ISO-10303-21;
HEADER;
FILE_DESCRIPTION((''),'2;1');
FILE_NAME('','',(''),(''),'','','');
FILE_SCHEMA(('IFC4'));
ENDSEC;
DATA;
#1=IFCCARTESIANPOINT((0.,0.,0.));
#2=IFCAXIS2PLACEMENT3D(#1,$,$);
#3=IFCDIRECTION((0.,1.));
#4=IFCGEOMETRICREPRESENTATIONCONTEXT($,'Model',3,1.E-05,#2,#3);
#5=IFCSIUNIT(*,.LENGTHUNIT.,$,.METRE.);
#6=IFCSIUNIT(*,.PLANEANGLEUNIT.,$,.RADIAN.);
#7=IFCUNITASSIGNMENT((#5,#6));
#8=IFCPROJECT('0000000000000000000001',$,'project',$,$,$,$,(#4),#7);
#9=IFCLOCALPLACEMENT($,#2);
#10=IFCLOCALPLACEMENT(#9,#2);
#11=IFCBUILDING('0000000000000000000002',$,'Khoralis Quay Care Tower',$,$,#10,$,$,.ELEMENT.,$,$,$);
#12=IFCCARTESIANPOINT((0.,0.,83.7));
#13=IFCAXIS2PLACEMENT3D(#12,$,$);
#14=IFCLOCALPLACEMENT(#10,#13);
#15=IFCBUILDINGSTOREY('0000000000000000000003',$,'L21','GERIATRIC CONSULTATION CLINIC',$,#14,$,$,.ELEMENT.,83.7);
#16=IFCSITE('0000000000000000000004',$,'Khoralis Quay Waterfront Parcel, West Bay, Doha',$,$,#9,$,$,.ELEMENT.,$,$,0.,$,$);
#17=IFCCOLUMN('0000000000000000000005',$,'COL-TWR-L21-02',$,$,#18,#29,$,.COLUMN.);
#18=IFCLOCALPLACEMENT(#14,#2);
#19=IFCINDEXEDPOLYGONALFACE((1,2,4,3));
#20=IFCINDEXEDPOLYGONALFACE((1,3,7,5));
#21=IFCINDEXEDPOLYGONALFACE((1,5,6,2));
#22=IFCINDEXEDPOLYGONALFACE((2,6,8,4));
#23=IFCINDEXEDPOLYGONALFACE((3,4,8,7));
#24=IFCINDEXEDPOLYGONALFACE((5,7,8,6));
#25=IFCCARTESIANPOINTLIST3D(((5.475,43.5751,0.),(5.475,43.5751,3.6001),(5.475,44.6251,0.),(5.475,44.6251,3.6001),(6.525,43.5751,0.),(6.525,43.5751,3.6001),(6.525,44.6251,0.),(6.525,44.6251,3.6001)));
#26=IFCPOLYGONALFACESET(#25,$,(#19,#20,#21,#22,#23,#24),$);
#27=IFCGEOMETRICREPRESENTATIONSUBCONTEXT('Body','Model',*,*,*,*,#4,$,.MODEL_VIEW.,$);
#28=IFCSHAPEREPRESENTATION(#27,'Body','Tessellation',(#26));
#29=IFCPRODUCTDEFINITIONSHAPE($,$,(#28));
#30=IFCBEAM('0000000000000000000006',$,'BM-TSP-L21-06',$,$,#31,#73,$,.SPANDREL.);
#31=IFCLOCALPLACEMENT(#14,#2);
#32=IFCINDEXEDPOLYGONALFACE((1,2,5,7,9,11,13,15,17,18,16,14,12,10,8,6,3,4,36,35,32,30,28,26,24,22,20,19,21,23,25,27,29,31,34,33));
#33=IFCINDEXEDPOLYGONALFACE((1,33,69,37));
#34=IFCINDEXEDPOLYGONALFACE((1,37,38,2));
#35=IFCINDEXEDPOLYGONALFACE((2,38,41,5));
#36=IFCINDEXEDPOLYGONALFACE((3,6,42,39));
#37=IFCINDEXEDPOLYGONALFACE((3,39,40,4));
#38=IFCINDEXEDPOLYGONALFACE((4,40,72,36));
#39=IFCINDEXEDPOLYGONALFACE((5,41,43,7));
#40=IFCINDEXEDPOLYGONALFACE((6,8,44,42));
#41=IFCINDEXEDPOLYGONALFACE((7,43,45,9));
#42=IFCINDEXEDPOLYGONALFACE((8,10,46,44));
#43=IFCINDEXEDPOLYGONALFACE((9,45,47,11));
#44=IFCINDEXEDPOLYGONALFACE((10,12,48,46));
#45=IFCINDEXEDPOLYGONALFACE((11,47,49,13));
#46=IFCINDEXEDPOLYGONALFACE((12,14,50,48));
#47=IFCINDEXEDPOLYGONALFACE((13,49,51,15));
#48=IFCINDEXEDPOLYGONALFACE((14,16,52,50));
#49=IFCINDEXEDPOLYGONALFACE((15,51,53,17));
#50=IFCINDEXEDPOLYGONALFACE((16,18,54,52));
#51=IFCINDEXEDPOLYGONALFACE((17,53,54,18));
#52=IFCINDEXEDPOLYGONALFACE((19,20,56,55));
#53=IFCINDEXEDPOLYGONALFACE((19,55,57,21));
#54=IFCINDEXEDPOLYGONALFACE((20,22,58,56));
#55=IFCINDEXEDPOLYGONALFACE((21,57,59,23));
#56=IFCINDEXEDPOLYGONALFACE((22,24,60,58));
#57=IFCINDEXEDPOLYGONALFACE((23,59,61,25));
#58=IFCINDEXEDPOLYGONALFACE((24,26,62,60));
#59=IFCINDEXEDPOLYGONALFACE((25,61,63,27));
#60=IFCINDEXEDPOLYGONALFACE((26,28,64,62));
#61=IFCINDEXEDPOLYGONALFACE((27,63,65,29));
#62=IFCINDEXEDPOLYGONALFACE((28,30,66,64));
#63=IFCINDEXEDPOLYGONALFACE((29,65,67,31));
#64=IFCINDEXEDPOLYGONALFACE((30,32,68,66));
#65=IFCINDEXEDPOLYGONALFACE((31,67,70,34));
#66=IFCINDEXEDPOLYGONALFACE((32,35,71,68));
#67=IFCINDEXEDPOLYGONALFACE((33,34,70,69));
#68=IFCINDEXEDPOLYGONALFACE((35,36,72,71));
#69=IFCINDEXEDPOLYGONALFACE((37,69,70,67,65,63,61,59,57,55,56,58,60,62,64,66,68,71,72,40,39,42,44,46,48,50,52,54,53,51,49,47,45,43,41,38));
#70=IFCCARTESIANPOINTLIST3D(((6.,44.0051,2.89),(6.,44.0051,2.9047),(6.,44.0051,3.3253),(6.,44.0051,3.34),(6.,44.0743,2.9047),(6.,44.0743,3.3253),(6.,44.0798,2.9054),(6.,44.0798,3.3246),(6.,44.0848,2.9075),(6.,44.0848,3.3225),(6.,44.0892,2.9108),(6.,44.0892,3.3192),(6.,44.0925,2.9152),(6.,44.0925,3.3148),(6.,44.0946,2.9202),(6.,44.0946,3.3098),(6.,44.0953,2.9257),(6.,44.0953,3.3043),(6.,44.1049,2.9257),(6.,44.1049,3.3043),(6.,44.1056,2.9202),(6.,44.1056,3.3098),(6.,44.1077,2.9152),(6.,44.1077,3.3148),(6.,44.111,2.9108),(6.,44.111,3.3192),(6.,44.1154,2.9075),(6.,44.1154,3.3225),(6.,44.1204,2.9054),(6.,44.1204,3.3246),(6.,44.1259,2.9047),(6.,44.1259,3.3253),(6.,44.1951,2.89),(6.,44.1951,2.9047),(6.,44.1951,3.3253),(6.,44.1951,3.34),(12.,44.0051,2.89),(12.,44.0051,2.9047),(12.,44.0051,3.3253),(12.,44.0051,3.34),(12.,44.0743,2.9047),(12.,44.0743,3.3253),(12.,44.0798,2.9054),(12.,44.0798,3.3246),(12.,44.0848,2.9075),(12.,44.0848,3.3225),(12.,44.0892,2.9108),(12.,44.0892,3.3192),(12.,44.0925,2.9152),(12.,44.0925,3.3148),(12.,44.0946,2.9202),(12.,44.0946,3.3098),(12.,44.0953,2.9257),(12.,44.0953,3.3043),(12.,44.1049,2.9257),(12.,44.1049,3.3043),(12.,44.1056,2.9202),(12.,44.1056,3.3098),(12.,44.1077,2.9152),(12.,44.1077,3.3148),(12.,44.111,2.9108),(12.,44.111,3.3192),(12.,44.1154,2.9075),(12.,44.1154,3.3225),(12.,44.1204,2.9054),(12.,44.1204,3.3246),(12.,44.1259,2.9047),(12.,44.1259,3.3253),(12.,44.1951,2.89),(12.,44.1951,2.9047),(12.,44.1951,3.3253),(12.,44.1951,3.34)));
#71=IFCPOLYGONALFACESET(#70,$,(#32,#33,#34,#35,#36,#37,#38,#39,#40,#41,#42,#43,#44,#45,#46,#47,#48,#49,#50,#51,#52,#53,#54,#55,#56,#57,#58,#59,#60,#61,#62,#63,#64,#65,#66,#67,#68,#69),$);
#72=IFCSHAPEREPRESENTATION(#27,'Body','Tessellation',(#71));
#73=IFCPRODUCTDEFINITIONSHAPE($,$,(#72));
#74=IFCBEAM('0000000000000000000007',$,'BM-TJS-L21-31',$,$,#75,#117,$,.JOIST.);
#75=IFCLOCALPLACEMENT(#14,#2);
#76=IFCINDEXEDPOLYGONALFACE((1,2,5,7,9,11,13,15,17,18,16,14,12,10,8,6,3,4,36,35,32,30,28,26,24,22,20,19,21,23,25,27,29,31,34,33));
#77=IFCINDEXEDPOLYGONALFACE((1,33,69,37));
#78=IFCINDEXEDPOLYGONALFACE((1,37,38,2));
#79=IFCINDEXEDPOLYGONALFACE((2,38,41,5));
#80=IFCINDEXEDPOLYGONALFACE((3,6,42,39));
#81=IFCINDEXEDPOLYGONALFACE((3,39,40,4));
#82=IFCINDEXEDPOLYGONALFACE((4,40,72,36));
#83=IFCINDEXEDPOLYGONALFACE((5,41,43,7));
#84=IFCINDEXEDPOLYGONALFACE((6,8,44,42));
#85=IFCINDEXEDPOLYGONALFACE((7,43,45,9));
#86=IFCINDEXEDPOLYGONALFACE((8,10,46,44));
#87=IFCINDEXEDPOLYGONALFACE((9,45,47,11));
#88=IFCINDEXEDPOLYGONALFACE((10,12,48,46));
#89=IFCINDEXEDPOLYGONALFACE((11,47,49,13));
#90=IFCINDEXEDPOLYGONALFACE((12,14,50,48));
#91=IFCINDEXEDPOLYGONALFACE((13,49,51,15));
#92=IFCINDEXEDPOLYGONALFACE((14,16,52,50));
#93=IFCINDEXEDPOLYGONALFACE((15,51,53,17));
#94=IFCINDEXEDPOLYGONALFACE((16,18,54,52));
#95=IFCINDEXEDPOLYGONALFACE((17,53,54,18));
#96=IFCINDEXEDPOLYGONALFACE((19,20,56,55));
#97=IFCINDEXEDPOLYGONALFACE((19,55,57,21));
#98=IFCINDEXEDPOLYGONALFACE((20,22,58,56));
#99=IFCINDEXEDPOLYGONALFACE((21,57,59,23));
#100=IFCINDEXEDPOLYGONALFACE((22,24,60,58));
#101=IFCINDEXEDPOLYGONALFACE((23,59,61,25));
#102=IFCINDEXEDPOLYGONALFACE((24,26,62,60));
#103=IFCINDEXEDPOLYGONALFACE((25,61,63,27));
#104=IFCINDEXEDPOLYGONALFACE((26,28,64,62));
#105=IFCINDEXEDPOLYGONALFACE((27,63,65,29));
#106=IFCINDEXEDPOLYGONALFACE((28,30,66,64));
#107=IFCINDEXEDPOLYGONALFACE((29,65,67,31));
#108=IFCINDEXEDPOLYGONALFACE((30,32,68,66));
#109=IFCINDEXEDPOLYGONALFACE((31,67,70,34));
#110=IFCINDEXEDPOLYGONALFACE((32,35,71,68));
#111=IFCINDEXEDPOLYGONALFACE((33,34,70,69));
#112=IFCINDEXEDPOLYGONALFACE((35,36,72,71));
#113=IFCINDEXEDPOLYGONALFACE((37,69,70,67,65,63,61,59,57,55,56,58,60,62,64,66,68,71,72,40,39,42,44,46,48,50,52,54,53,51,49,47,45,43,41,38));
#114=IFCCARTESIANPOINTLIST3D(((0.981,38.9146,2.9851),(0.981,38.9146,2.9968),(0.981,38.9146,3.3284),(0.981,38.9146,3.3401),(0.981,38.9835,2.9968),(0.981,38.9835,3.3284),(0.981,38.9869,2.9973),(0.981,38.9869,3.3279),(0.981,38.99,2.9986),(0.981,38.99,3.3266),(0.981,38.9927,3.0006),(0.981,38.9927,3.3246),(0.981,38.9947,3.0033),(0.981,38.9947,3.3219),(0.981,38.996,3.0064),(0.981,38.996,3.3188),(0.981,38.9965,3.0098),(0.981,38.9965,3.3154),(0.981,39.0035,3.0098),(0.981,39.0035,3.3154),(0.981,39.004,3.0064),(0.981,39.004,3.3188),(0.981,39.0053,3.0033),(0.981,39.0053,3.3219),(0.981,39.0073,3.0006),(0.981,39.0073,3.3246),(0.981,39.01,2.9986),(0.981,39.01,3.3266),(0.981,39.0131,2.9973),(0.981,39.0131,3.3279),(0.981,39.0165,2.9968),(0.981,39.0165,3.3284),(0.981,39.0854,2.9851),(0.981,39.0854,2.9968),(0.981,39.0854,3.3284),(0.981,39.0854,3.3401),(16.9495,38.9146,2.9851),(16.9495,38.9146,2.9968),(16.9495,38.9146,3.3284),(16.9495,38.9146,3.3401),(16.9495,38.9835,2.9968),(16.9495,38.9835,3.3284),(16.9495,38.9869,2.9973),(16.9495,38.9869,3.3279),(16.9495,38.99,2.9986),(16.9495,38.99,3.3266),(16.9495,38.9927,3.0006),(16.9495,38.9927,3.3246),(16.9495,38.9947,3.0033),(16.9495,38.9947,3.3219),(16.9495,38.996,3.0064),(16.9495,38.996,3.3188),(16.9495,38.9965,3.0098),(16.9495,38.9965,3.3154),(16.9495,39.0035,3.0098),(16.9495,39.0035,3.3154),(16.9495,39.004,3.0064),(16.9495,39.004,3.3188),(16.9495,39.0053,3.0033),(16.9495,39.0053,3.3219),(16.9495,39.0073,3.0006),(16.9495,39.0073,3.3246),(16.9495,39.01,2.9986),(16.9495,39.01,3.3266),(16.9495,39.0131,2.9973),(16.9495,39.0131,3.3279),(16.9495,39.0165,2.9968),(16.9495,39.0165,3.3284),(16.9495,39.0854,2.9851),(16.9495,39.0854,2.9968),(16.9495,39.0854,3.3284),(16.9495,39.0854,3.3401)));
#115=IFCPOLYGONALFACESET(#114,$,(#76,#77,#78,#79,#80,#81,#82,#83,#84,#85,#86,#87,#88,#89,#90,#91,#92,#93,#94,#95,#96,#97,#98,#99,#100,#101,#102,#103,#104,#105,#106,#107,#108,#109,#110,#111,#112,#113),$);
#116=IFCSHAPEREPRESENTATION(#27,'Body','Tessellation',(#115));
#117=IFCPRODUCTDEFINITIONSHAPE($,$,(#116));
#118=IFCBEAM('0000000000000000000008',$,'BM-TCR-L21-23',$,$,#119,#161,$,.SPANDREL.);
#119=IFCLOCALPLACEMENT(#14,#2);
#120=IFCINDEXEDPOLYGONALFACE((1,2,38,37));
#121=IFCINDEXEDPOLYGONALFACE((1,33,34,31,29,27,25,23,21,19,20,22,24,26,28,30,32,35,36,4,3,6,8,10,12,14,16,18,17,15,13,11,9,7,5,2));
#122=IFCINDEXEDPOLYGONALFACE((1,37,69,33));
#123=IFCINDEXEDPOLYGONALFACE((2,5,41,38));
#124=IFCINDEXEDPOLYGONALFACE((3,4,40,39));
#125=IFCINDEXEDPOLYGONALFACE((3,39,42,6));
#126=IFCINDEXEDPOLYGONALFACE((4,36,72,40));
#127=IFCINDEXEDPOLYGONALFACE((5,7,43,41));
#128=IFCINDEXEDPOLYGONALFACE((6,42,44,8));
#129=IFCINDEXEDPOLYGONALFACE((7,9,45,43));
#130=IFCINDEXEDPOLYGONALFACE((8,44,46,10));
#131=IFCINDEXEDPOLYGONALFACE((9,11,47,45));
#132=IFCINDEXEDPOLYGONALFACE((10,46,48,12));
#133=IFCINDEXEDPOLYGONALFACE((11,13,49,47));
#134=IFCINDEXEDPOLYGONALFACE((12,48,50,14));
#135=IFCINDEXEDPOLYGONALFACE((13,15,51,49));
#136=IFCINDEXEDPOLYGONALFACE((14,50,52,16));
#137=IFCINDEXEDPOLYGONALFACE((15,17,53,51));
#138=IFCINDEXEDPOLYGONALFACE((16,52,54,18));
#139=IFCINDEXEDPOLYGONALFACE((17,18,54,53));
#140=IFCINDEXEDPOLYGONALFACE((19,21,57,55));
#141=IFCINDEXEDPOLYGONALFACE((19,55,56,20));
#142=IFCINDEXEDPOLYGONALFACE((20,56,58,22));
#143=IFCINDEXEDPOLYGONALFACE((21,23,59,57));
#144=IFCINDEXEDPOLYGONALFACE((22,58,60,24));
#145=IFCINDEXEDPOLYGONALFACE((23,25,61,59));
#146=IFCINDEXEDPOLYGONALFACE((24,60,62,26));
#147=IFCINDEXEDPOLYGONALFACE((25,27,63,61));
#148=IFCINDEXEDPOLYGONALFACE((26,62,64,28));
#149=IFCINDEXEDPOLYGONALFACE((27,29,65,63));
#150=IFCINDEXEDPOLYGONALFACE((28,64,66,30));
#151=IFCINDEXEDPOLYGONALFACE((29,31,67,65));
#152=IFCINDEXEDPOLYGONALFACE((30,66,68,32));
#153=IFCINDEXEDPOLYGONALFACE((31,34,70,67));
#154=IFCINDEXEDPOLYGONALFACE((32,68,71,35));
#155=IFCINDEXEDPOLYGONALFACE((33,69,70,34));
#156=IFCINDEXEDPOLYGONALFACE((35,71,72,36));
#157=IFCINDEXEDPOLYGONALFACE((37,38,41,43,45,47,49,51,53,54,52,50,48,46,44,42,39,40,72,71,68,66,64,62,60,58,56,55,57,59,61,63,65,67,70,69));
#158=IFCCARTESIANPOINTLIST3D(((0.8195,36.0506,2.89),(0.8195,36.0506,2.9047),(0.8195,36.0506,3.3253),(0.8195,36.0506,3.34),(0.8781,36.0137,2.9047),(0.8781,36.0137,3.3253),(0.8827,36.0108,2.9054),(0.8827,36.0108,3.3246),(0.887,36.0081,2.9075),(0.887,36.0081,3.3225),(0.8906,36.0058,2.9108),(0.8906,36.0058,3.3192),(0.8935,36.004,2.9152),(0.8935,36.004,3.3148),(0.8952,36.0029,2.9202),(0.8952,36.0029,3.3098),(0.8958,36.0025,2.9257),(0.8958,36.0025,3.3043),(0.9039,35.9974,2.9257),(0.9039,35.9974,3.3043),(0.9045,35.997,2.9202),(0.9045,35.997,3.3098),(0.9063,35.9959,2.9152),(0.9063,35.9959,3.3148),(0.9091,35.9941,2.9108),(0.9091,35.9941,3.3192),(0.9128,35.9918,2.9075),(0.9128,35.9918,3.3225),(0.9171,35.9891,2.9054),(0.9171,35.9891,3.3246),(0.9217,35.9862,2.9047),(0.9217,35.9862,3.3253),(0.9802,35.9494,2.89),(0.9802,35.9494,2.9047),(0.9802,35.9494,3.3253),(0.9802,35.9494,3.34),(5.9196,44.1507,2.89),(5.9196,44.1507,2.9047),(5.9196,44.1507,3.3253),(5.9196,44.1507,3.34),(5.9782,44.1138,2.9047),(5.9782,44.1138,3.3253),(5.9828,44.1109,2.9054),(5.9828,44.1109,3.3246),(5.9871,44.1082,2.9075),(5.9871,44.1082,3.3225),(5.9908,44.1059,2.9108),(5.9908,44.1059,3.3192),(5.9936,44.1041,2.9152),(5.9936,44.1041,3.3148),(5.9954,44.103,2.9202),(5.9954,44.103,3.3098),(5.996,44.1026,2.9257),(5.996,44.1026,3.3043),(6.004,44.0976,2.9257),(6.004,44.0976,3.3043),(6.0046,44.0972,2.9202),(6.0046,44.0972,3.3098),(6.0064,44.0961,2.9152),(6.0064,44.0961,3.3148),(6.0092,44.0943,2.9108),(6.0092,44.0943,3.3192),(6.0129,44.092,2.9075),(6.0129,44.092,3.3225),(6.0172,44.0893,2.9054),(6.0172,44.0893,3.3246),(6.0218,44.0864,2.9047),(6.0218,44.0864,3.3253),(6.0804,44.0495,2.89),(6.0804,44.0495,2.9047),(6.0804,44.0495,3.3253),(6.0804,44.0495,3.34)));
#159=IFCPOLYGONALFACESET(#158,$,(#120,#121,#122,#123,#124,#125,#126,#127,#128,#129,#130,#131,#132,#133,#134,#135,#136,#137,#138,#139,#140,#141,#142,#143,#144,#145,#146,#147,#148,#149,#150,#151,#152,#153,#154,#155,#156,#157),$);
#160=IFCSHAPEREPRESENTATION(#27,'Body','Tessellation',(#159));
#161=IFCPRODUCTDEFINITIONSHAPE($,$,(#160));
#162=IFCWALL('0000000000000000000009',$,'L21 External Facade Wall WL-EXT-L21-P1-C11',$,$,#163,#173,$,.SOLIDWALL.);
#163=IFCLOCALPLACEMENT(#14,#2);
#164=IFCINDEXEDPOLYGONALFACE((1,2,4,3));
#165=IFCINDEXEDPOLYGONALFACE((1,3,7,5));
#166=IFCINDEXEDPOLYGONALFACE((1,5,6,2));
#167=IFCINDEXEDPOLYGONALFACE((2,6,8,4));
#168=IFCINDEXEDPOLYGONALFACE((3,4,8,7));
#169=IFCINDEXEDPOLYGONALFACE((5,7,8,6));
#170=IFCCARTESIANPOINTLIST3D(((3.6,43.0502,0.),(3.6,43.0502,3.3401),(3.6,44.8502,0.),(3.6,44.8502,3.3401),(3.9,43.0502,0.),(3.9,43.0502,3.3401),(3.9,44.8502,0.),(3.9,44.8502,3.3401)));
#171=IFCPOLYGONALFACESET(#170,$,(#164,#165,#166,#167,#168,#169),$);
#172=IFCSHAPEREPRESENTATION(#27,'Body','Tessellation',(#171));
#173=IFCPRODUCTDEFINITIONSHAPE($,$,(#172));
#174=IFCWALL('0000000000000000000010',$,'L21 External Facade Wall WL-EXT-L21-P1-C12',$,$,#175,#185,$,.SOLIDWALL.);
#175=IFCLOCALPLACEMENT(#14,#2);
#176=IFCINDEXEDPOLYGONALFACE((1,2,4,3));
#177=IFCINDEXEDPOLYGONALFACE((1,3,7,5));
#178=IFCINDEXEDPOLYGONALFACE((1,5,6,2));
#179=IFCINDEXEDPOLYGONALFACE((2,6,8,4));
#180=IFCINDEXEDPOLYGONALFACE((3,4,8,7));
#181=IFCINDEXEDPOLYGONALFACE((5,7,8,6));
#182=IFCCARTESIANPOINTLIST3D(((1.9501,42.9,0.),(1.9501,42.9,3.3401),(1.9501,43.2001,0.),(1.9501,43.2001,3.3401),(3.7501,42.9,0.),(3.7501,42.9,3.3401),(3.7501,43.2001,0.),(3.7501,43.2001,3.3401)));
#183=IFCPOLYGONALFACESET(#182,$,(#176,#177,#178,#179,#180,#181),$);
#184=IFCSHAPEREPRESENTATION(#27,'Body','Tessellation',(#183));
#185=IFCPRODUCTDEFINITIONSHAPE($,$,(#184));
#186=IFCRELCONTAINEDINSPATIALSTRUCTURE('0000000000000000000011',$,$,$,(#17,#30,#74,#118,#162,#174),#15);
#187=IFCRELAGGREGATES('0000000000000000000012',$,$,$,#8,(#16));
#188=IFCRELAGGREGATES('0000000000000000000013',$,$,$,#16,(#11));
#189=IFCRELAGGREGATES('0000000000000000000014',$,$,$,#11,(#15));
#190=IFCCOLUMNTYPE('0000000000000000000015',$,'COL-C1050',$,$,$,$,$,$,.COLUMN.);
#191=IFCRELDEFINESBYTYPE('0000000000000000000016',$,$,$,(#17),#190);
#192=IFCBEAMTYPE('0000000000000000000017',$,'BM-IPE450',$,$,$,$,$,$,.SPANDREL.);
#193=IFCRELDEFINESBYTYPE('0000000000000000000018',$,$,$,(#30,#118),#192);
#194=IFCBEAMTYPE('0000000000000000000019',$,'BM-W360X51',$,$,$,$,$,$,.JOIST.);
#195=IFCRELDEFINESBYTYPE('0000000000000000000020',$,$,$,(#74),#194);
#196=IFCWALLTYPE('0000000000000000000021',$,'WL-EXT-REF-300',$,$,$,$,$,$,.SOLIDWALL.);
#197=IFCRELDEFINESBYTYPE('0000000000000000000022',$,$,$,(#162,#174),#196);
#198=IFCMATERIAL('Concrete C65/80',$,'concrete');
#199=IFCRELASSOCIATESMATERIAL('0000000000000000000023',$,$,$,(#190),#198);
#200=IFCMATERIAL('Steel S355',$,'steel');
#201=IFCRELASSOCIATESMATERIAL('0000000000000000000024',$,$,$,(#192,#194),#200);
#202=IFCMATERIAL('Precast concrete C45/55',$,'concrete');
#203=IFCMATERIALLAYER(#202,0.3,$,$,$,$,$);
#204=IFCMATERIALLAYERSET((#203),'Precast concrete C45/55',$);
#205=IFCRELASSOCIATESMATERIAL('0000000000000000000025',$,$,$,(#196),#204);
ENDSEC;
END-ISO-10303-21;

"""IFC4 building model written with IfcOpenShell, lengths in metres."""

from ifc_helpers import new_model, si_unit, direction, frame, frame_2d, origin, origin_2d, place, context, subcontext, project, spatial, rectangle, i_section, extrude, source, transform, mapped, material, layer, layer_set, material_profile, profile_set, type_object, element, save


model = new_model("IFC4")

# Units and contexts
model_context = context("Model", 3, precision=1e-05, world=origin(), true_north=direction((0.0, 1.0)))
body_context = subcontext(model_context, "Body", "Model", "MODEL_VIEW")
ifc_project = project(units=[si_unit("LENGTHUNIT", "METRE"), si_unit("PLANEANGLEUNIT", "RADIAN")], contexts=[model_context])

# Site, building, storey
site_placement = place(None, origin())
site = spatial("IfcSite", under=ifc_project, at=site_placement, Name="Khoralis Quay Waterfront Parcel, West Bay, Doha", CompositionType="ELEMENT", RefElevation=0.0)
building_placement = place(site_placement, origin())
building = spatial("IfcBuilding", under=site, at=building_placement, Name="Khoralis Quay Care Tower", CompositionType="ELEMENT")
storey_placement = place(building_placement, frame((0.0, 0.0, 83.7)))
storey = spatial("IfcBuildingStorey", under=building, at=storey_placement, Name="L21", Description="GERIATRIC CONSULTATION CLINIC", CompositionType="ELEMENT", Elevation=83.7)

# Column
ifc_material_1 = material(Name="Concrete C65/80", Category="concrete")
ifc_material_profile_1 = material_profile(ifc_material_1, rectangle(XDim=1.05, YDim=1.05, at=origin_2d()), Name="Concrete C65/80")
ifc_profile_set_1 = profile_set([ifc_material_profile_1], Name="Concrete C65/80")
column_type = type_object("IfcColumnType", Name="COL-C1050", PredefinedType="COLUMN", material=ifc_profile_set_1)
shared_shape_1 = source(origin(), body_context, "Body", "SweptSolid", [
    extrude(rectangle(XDim=1.05, YDim=1.05, at=origin_2d()), origin(), (0.0, 0.0, 1.0), 3.6001),
])
column_placement = place(storey_placement, frame((6.0, 44.1001, 0.0), z_axis=(0.0, 0.0, 1.0), x_axis=(1.0, 0.0, 0.0)))
element("IfcColumn", 1, at=column_placement, inside=storey, type_object=column_type, Name="COL-TWR-L21-02", PredefinedType="COLUMN", context=body_context, shape_type="MappedRepresentation", body=[
    mapped(shared_shape_1, transform((0.0, 0.0, 0.0), scale=1.0)),
])

# Beams
ifc_material_2 = material(Name="Steel S355", Category="steel")
ifc_material_profile_2 = material_profile(ifc_material_2, i_section(OverallWidth=0.1899, OverallDepth=0.45, WebThickness=0.0095, FlangeThickness=0.0146, FilletRadius=0.021, at=origin_2d()), Name="Steel S355")
ifc_profile_set_2 = profile_set([ifc_material_profile_2], Name="Steel S355")
beam_type_1 = type_object("IfcBeamType", Name="BM-IPE450", PredefinedType="SPANDREL", material=ifc_profile_set_2)
shared_shape_2 = source(origin(), body_context, "Body", "SweptSolid", [
    extrude(i_section(OverallWidth=0.1899, OverallDepth=0.45, WebThickness=0.0095, FlangeThickness=0.0146, FilletRadius=0.021, at=origin_2d()), origin(), (0.0, 0.0, 1.0), 6.0),
])
beam_1_placement = place(storey_placement, frame((6.0, 44.1001, 3.115), z_axis=(1.0, 0.0, 0.0), x_axis=(0.0, 1.0, 0.0)))
element("IfcBeam", 2, at=beam_1_placement, inside=storey, type_object=beam_type_1, Name="BM-TSP-L21-06", PredefinedType="SPANDREL", context=body_context, shape_type="MappedRepresentation", body=[
    mapped(shared_shape_2, transform((0.0, 0.0, 0.0), scale=1.0)),
])
ifc_material_profile_3 = material_profile(ifc_material_2, i_section(OverallWidth=0.1709, OverallDepth=0.355, WebThickness=0.0071, FlangeThickness=0.0117, FilletRadius=0.0129, at=origin_2d()), Name="Steel S355")
ifc_profile_set_3 = profile_set([ifc_material_profile_3], Name="Steel S355")
beam_type_2 = type_object("IfcBeamType", Name="BM-W360X51", PredefinedType="JOIST", material=ifc_profile_set_3)
shared_shape_3 = source(origin(), body_context, "Body", "SweptSolid", [
    extrude(i_section(OverallWidth=0.1709, OverallDepth=0.355, WebThickness=0.0071, FlangeThickness=0.0117, FilletRadius=0.0129, at=origin_2d()), origin(), (0.0, 0.0, 1.0), 15.9685),
])
beam_2_placement = place(storey_placement, frame((0.981, 39.0, 3.1626), z_axis=(1.0, 0.0, 0.0), x_axis=(0.0, 1.0, 0.0)))
element("IfcBeam", 3, at=beam_2_placement, inside=storey, type_object=beam_type_2, Name="BM-TJS-L21-31", PredefinedType="JOIST", context=body_context, shape_type="MappedRepresentation", body=[
    mapped(shared_shape_3, transform((0.0, 0.0, 0.0), scale=1.0)),
])
shared_shape_4 = source(origin(), body_context, "Body", "SweptSolid", [
    extrude(i_section(OverallWidth=0.1899, OverallDepth=0.45, WebThickness=0.0095, FlangeThickness=0.0146, FilletRadius=0.021, at=origin_2d()), origin(), (0.0, 0.0, 1.0), 9.572),
])
beam_3_placement = place(storey_placement, frame((6.0, 44.1001, 3.115), z_axis=(-0.532816, -0.846231, 0.0), x_axis=(0.846231, -0.532816, 0.0)))
element("IfcBeam", 4, at=beam_3_placement, inside=storey, type_object=beam_type_1, Name="BM-TCR-L21-23", PredefinedType="SPANDREL", context=body_context, shape_type="MappedRepresentation", body=[
    mapped(shared_shape_4, transform((0.0, 0.0, 0.0), scale=1.0)),
])

# Walls
ifc_material_3 = material(Name="Precast concrete C45/55", Category="concrete")
ifc_layer_1 = layer(ifc_material_3, 0.3)
ifc_layer_set_1 = layer_set([ifc_layer_1], Name="Precast concrete C45/55")
wall_type = type_object("IfcWallType", Name="WL-EXT-REF-300", PredefinedType="SOLIDWALL", material=ifc_layer_set_1)
for number, where, z_axis, x_axis, name in (
    (5, (3.75, 44.8501, 0.0), (0.0, 0.0, 1.0), (0.0, -1.0, 0.0), "L21 External Facade Wall WL-EXT-L21-P1-C11"),
    (6, (3.75, 43.05, 0.0), (0.0, 0.0, 1.0), (-1.0, 0.0, 0.0), "L21 External Facade Wall WL-EXT-L21-P1-C12"),
):
    element("IfcWall", number, at=place(storey_placement, frame(where, z_axis=z_axis, x_axis=x_axis)), inside=storey, type_object=wall_type, Name=name, PredefinedType="SOLIDWALL", context=body_context, shape_type="SweptSolid", body=[
        extrude(rectangle(XDim=1.8, YDim=0.3, at=frame_2d((0.8999, 0.0))), origin(), (0.0, 0.0, 1.0), 3.3401),
    ])

save(model, "model.ifc")
